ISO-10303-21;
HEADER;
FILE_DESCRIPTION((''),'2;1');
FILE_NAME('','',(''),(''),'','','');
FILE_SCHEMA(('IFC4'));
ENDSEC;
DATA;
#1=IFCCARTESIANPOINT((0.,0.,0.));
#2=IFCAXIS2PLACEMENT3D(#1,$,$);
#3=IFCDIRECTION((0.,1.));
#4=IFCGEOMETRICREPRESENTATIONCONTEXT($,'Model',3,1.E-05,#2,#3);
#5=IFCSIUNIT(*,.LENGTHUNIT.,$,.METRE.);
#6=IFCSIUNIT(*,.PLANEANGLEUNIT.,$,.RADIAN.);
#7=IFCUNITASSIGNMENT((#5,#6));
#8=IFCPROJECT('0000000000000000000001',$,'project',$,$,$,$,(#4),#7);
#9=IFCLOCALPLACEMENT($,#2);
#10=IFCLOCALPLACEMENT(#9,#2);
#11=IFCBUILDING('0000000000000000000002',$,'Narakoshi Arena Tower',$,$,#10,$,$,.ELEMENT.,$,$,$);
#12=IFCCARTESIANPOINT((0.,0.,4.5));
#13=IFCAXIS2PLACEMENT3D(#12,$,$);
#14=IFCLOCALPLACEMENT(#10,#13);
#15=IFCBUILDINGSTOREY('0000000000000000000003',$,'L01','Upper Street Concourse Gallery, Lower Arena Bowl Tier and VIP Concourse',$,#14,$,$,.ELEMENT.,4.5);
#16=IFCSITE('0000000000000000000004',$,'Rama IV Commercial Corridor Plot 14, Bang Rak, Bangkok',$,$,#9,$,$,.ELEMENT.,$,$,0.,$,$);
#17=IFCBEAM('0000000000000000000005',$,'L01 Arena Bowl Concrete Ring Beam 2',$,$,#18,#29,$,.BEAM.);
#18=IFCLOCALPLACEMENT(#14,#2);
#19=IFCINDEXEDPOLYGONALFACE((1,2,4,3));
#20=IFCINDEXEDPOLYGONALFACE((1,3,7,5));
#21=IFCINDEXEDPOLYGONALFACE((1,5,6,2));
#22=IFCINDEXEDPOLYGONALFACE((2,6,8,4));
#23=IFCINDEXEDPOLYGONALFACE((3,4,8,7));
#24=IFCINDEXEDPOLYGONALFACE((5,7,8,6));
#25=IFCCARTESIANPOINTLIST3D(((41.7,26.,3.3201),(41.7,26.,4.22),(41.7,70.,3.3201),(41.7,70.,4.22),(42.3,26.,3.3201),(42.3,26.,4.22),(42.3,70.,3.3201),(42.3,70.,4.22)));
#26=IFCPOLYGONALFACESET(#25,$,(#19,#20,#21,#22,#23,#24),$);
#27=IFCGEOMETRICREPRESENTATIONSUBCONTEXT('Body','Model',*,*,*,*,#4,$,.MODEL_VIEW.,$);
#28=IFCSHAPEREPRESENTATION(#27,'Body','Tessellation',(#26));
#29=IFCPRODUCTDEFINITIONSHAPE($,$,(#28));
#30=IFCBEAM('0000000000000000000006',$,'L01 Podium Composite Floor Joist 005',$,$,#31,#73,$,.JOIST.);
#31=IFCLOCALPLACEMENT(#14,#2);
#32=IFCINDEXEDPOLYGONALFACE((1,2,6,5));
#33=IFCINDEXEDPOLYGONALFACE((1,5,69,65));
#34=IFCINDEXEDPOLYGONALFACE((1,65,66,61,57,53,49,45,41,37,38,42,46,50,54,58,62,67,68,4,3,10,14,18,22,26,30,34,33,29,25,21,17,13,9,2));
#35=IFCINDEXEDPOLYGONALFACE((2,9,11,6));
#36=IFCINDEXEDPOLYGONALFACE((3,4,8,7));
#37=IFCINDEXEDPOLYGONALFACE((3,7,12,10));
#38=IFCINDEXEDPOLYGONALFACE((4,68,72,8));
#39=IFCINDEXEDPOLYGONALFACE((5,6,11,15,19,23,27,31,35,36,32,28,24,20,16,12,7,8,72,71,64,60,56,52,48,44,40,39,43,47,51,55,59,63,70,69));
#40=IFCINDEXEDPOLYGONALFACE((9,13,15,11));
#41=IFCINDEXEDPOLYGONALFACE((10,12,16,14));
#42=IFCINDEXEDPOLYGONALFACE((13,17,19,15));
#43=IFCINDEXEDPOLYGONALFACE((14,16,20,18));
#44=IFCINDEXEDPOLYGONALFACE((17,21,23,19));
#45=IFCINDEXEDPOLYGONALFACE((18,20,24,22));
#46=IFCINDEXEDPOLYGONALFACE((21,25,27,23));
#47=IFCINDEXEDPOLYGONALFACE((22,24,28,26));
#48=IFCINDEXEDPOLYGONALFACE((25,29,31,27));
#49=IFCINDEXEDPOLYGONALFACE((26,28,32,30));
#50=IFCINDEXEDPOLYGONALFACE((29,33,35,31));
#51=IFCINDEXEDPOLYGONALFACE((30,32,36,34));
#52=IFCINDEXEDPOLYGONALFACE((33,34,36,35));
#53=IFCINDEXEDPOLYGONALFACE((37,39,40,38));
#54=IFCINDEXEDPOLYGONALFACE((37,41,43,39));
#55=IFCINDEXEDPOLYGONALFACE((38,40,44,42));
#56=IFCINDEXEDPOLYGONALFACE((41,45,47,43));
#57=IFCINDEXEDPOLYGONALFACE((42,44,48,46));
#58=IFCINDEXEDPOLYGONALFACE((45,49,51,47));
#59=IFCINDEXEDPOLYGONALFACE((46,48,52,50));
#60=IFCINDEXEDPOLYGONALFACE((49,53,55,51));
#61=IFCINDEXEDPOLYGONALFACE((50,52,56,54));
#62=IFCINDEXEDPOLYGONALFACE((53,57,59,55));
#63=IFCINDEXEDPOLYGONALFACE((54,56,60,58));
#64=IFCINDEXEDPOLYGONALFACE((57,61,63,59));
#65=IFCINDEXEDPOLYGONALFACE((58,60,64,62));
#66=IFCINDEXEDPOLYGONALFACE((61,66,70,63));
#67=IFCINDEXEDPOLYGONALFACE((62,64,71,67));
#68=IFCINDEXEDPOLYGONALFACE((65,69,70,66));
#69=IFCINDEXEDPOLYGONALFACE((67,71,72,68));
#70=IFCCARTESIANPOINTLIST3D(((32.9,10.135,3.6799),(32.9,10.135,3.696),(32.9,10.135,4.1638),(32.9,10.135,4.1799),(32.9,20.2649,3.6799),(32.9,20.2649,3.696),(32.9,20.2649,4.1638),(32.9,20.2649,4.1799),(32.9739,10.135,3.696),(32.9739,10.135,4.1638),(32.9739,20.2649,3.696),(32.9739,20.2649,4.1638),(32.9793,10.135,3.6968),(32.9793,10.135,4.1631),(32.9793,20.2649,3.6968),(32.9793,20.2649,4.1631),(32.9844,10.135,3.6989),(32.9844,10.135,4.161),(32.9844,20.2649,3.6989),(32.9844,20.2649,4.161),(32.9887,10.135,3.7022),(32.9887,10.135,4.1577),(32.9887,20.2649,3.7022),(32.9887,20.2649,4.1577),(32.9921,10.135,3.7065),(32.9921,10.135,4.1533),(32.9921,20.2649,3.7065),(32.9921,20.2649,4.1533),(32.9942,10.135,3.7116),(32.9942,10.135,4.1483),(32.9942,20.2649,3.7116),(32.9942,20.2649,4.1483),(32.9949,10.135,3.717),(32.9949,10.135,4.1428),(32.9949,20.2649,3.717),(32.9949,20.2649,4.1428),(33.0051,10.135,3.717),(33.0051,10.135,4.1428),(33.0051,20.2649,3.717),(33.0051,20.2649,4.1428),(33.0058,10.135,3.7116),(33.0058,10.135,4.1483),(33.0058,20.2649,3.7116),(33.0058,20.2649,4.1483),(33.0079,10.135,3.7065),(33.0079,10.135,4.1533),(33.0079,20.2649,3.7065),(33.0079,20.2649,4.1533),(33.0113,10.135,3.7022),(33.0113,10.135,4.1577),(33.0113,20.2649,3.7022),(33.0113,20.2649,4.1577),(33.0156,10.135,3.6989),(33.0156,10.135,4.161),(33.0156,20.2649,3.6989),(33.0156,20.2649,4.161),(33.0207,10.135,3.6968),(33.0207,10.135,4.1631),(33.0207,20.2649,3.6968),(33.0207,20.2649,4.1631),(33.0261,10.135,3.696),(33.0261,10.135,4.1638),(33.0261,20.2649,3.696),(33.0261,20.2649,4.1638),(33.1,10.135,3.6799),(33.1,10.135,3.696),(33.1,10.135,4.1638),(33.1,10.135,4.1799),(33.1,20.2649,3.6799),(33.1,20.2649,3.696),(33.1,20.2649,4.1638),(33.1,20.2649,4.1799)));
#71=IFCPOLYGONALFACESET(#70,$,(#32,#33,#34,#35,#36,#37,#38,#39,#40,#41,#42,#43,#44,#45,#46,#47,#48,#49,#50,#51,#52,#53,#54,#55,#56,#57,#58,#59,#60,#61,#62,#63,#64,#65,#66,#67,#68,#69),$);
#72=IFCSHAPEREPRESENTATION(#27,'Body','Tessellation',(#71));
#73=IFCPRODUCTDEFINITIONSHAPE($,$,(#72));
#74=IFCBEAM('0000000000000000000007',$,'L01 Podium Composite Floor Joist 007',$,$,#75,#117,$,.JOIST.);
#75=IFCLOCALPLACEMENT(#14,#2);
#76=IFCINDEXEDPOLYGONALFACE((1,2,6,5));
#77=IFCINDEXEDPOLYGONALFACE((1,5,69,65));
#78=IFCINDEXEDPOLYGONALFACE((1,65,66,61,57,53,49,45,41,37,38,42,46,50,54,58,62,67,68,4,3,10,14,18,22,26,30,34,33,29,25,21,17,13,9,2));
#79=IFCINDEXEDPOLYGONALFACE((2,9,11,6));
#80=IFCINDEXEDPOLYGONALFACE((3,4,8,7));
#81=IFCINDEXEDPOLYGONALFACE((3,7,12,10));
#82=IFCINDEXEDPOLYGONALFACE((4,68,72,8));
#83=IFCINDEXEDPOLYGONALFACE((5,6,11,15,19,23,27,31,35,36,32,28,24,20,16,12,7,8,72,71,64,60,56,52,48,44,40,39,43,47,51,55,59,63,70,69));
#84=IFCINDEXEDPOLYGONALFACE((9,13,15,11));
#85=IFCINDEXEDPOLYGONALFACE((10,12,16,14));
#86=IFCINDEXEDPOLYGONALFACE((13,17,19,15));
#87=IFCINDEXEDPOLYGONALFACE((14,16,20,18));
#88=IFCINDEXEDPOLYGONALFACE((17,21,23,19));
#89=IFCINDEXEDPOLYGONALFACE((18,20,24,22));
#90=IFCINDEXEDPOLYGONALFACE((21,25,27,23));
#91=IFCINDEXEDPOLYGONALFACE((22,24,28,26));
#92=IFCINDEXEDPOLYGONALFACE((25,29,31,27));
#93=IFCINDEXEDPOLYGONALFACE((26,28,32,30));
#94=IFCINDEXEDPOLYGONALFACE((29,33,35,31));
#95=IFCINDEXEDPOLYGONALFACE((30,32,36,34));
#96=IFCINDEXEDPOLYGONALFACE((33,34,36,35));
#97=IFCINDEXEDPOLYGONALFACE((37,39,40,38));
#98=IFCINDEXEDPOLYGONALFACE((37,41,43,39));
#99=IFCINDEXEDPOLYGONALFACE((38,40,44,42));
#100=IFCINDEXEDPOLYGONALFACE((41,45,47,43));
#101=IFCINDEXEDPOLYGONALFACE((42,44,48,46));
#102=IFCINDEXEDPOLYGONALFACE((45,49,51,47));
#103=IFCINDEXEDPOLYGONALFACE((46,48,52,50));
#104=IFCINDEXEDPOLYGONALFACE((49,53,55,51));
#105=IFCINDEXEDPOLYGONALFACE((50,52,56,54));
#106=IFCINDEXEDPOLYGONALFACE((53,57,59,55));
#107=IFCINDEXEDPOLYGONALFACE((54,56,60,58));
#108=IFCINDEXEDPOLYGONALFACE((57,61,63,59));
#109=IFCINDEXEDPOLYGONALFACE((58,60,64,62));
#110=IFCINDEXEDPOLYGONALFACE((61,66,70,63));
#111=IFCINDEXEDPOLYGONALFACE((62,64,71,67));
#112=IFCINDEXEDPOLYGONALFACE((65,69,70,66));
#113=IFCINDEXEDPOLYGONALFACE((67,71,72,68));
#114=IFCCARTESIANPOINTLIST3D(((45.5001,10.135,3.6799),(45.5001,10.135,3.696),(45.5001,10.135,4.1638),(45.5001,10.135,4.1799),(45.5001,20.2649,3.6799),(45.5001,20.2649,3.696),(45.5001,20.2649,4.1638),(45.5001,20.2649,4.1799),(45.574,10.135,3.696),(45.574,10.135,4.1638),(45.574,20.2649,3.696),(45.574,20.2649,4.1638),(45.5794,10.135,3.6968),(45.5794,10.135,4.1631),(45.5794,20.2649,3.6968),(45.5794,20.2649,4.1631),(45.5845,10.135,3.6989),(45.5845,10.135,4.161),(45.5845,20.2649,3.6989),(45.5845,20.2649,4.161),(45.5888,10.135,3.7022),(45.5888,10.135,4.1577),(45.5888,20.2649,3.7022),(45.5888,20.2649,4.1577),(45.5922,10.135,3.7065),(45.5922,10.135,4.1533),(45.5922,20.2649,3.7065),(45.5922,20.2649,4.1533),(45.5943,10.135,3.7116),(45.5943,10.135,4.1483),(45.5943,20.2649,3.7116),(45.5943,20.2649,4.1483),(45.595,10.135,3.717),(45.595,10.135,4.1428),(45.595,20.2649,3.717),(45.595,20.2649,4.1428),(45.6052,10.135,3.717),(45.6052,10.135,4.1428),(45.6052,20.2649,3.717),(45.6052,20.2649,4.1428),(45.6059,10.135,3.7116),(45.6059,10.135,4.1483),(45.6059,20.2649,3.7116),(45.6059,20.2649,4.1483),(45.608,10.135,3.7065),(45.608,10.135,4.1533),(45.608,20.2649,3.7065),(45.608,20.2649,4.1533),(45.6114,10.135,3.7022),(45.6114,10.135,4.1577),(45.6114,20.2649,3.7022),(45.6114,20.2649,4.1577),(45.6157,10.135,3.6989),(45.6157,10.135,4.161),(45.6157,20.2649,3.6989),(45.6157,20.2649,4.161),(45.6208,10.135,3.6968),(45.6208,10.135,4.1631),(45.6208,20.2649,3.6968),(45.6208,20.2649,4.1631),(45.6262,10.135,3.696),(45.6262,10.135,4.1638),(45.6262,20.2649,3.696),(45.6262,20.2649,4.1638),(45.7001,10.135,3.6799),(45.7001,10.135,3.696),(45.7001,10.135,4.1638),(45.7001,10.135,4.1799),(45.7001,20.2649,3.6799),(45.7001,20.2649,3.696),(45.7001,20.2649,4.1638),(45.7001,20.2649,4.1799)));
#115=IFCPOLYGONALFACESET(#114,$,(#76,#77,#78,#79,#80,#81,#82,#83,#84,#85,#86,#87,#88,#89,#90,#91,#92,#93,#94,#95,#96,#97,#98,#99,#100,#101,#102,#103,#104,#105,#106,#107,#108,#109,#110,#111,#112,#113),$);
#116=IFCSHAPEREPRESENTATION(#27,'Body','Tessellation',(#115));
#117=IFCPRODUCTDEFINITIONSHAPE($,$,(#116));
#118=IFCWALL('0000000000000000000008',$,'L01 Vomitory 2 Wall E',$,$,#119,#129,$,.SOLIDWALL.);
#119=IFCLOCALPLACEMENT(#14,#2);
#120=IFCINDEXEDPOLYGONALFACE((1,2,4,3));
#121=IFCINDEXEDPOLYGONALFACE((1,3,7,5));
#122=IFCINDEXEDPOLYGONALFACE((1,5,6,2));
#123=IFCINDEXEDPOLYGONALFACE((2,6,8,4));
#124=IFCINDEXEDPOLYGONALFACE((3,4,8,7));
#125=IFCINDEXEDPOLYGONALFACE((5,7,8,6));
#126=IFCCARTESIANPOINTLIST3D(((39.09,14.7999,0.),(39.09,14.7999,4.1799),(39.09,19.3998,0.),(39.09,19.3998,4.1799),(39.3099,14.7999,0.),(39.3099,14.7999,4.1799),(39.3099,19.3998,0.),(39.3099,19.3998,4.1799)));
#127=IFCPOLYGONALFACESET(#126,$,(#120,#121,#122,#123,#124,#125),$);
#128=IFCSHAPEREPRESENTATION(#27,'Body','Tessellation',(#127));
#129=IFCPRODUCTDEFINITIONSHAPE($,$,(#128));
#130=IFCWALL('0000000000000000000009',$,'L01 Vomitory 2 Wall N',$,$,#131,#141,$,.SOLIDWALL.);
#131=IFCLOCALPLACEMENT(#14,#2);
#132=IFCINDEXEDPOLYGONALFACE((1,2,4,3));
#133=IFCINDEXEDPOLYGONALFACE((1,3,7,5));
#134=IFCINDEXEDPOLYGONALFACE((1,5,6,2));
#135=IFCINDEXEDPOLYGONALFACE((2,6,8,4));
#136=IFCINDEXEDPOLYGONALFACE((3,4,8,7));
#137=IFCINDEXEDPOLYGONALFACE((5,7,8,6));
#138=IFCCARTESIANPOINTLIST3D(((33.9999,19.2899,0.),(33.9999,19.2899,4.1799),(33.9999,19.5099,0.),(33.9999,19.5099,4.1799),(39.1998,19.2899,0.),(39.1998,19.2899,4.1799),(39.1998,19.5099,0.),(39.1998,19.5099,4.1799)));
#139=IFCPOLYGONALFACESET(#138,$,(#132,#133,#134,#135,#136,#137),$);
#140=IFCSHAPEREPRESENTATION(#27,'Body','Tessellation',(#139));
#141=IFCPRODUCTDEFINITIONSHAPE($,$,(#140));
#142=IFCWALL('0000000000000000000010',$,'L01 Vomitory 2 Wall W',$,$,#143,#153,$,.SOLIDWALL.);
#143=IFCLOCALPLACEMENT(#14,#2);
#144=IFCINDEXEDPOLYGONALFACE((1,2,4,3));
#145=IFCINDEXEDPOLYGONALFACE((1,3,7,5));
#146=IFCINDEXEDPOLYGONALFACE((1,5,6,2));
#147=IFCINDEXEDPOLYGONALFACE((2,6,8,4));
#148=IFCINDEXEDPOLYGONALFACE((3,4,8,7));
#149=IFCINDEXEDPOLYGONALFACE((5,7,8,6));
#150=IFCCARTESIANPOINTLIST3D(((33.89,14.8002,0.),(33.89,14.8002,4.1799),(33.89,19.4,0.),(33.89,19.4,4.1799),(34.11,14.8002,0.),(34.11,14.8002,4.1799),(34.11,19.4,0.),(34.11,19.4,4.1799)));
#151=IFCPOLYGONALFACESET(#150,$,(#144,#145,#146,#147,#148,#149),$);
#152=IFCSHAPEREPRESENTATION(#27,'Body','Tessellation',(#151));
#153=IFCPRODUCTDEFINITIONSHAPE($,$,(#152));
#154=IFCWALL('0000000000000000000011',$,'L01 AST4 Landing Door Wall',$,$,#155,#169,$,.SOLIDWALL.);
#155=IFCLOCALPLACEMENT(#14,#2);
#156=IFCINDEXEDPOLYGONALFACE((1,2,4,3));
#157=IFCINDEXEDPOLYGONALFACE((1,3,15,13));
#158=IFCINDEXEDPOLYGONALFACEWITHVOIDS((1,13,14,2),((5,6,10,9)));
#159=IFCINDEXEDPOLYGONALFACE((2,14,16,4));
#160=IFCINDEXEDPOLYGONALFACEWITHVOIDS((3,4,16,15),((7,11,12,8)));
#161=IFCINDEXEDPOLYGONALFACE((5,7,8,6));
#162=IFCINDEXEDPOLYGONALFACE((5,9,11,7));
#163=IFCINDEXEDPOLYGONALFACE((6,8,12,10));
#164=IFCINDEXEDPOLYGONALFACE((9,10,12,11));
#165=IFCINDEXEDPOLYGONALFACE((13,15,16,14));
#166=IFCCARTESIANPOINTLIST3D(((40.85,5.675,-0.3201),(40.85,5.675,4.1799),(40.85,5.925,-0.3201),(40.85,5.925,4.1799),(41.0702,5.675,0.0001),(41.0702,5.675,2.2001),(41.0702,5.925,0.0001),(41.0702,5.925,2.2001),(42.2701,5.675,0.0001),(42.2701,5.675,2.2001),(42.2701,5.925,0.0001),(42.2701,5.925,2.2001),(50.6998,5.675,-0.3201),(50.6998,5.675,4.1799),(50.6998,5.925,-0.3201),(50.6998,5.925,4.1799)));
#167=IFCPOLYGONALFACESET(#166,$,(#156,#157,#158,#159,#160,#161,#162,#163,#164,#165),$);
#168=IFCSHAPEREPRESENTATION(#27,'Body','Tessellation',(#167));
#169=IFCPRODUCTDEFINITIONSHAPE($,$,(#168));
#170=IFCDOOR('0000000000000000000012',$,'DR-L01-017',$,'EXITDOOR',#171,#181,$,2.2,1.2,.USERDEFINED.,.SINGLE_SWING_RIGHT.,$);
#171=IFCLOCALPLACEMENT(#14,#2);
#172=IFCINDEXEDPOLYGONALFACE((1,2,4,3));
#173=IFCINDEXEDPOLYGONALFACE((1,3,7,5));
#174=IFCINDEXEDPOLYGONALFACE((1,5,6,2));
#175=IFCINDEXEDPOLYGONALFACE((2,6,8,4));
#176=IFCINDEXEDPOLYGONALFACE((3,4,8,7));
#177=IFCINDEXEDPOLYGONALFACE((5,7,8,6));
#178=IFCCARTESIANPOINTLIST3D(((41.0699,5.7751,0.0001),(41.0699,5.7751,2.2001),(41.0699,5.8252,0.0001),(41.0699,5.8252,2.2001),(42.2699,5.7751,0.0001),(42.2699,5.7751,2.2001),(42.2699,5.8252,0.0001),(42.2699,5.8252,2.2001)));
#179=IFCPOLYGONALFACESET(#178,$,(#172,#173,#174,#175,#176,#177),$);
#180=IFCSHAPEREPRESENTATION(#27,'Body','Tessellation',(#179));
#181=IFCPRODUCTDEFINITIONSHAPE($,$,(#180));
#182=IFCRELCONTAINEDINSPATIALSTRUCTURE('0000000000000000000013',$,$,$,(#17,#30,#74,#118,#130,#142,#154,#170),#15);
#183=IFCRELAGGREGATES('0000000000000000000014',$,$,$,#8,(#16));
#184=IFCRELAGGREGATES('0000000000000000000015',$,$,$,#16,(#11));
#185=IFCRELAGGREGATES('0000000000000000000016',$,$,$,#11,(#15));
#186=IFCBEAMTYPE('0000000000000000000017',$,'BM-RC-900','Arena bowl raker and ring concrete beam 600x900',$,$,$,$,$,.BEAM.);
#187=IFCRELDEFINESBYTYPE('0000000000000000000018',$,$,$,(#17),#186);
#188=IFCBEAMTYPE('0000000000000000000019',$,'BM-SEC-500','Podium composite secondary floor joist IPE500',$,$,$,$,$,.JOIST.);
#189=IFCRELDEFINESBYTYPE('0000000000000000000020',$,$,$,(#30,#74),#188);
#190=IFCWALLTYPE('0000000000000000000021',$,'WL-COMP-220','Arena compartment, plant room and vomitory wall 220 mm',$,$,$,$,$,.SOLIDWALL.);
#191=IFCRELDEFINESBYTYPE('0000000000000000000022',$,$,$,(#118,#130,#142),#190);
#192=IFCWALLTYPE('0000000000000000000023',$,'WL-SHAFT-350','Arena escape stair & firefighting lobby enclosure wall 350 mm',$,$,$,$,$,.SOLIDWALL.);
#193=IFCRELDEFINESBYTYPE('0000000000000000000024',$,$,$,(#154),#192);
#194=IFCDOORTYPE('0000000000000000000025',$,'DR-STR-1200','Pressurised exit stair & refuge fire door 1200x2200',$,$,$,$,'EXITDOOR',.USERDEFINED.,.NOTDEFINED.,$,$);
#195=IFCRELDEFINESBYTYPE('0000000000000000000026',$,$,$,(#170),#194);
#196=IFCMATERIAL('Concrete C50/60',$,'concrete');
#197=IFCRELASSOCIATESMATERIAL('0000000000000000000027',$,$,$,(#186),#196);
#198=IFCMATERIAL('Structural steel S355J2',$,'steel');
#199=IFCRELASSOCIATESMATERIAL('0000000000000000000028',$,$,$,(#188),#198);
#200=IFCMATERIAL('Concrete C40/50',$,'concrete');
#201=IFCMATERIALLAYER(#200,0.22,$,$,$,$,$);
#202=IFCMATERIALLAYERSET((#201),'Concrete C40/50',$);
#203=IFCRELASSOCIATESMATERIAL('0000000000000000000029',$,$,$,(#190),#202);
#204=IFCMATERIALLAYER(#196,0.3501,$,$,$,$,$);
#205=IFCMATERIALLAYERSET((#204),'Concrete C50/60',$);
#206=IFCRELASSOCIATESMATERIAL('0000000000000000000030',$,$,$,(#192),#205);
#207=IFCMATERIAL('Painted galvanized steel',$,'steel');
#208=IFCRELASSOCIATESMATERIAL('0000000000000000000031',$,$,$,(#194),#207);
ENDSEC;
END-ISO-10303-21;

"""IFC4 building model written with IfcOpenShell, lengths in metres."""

from ifc_helpers import new_model, si_unit, direction, frame, frame_2d, origin, origin_2d, place, context, subcontext, project, spatial, rectangle, i_section, extrude, material, layer, layer_set, material_profile, profile_set, type_object, element, fill, save


model = new_model("IFC4")

# Units and contexts
model_context = context("Model", 3, precision=1e-05, world=origin(), true_north=direction((0.0, 1.0)))
body_context = subcontext(model_context, "Body", "Model", "MODEL_VIEW")
ifc_project = project(units=[si_unit("LENGTHUNIT", "METRE"), si_unit("PLANEANGLEUNIT", "RADIAN")], contexts=[model_context])

# Site, building, storey
site_placement = place(None, origin())
site = spatial("IfcSite", under=ifc_project, at=site_placement, Name="Rama IV Commercial Corridor Plot 14, Bang Rak, Bangkok", CompositionType="ELEMENT", RefElevation=0.0)
building_placement = place(site_placement, origin())
building = spatial("IfcBuilding", under=site, at=building_placement, Name="Narakoshi Arena Tower", CompositionType="ELEMENT")
storey_placement = place(building_placement, frame((0.0, 0.0, 4.5)))
storey = spatial("IfcBuildingStorey", under=building, at=storey_placement, Name="L01", Description="Upper Street Concourse Gallery, Lower Arena Bowl Tier and VIP Concourse", CompositionType="ELEMENT", Elevation=4.5)

# Shared definitions
ifc_material_1 = material(Name="Concrete C50/60", Category="concrete")

# Beams
ifc_material_2 = material(Name="Structural steel S355J2", Category="steel")
ifc_material_profile_1 = material_profile(ifc_material_1, rectangle(XDim=0.6001, YDim=0.8999, at=origin_2d()), Name="RCB600x900")
ifc_profile_set_1 = profile_set([ifc_material_profile_1], Name="Concrete C50/60")
beam_type_1 = type_object("IfcBeamType", Name="BM-RC-900", Description="Arena bowl raker and ring concrete beam 600x900", PredefinedType="BEAM", material=ifc_profile_set_1)
beam_1_placement = place(storey_placement, frame((42.0, 26.0, 3.77), z_axis=(0.0, 1.0, 0.0), x_axis=(-1.0, 0.0, 0.0)))
element("IfcBeam", 1, at=beam_1_placement, inside=storey, type_object=beam_type_1, Name="L01 Arena Bowl Concrete Ring Beam 2", PredefinedType="BEAM", context=body_context, shape_type="SweptSolid", body=[
    extrude(rectangle(XDim=0.6001, YDim=0.8999, at=origin_2d()), origin(), (0.0, 0.0, 1.0), 44.0),
])
ifc_material_profile_2 = material_profile(ifc_material_2, i_section(OverallWidth=0.2, OverallDepth=0.5, WebThickness=0.0103, FlangeThickness=0.0161, FilletRadius=0.021, at=origin_2d()), Name="IPE500")
ifc_profile_set_2 = profile_set([ifc_material_profile_2], Name="Structural steel S355J2")
beam_type_2 = type_object("IfcBeamType", Name="BM-SEC-500", Description="Podium composite secondary floor joist IPE500", PredefinedType="JOIST", material=ifc_profile_set_2)
for number, where, z_axis, x_axis, name in (
    (2, (33.0, 10.135, 3.9299), (0.0, 1.0, 0.0), (-1.0, 0.0, 0.0), "L01 Podium Composite Floor Joist 005"),
    (3, (45.6001, 10.135, 3.9299), (0.0, 1.0, 0.0), (-1.0, 0.0, 0.0), "L01 Podium Composite Floor Joist 007"),
):
    element("IfcBeam", number, at=place(storey_placement, frame(where, z_axis=z_axis, x_axis=x_axis)), inside=storey, type_object=beam_type_2, Name=name, PredefinedType="JOIST", context=body_context, shape_type="SweptSolid", body=[
        extrude(i_section(OverallWidth=0.2, OverallDepth=0.5, WebThickness=0.0103, FlangeThickness=0.0161, FilletRadius=0.021, at=origin_2d()), origin(), (0.0, 0.0, 1.0), 10.1299),
    ])

# Shared definitions
ifc_material_3 = material(Name="Concrete C40/50", Category="concrete")
ifc_layer_1 = layer(ifc_material_3, 0.22)
ifc_layer_set_1 = layer_set([ifc_layer_1], Name="Concrete C40/50")
wall_type_1 = type_object("IfcWallType", Name="WL-COMP-220", Description="Arena compartment, plant room and vomitory wall 220 mm", PredefinedType="SOLIDWALL", material=ifc_layer_set_1)
ifc_material_4 = material(Name="Painted galvanized steel", Category="steel")

# Walls
wall_1_placement = place(storey_placement, frame((39.2, 14.8, 0.0), z_axis=(0.0, 0.0, 1.0), x_axis=(0.0, 1.0, 0.0)))
element("IfcWall", 4, at=wall_1_placement, inside=storey, type_object=wall_type_1, Name="L01 Vomitory 2 Wall E", PredefinedType="SOLIDWALL", context=body_context, shape_type="SweptSolid", body=[
    extrude(rectangle(XDim=4.5999, YDim=0.22, at=frame_2d((2.2998, 0.0))), origin(), (0.0, 0.0, 1.0), 4.1799),
])
wall_2_placement = place(storey_placement, frame((39.2, 19.3999, 0.0), z_axis=(0.0, 0.0, 1.0), x_axis=(-1.0, 0.0, 0.0)))
element("IfcWall", 5, at=wall_2_placement, inside=storey, type_object=wall_type_1, Name="L01 Vomitory 2 Wall N", PredefinedType="SOLIDWALL", context=body_context, shape_type="SweptSolid", body=[
    extrude(rectangle(XDim=5.2, YDim=0.22, at=frame_2d((2.6001, 0.0))), origin(), (0.0, 0.0, 1.0), 4.1799),
])
wall_3_placement = place(storey_placement, frame((34.0, 19.3999, 0.0), z_axis=(0.0, 0.0, 1.0), x_axis=(0.0, -1.0, 0.0)))
element("IfcWall", 6, at=wall_3_placement, inside=storey, type_object=wall_type_1, Name="L01 Vomitory 2 Wall W", PredefinedType="SOLIDWALL", context=body_context, shape_type="SweptSolid", body=[
    extrude(rectangle(XDim=4.5999, YDim=0.22, at=frame_2d((2.2998, 0.0))), origin(), (0.0, 0.0, 1.0), 4.1799),
])

# Wall, opening, door
ifc_layer_2 = layer(ifc_material_1, 0.3501)
ifc_layer_set_2 = layer_set([ifc_layer_2], Name="Concrete C50/60")
wall_type_2 = type_object("IfcWallType", Name="WL-SHAFT-350", Description="Arena escape stair & firefighting lobby enclosure wall 350 mm", PredefinedType="SOLIDWALL", material=ifc_layer_set_2)
wall_4_placement = place(storey_placement, frame((40.8501, 5.8, -0.3201), z_axis=(0.0, 0.0, 1.0), x_axis=(1.0, 0.0, 0.0)))
wall_4 = element("IfcWall", 7, at=wall_4_placement, inside=storey, type_object=wall_type_2, Name="L01 AST4 Landing Door Wall", PredefinedType="SOLIDWALL", context=body_context, shape_type="SweptSolid", body=[
    extrude(rectangle(XDim=9.8499, YDim=0.25, at=frame_2d((4.9248, 0.0))), origin(), (0.0, 0.0, 1.0), 4.5),
])
opening_1_placement = place(wall_4_placement, frame((0.22, 0.0, 0.3201)))
opening_1 = element("IfcOpeningElement", 8, at=opening_1_placement, cuts=wall_4, PredefinedType="OPENING", context=body_context, shape_type="SweptSolid", body=[
    extrude(rectangle(XDim=1.2, YDim=2.2, at=frame_2d((0.6001, 1.1001))), frame((0.0, 0.135, 0.0), z_axis=(0.0, -1.0, 0.0), x_axis=(1.0, 0.0, 0.0)), (0.0, 0.0, 1.0), 0.27),
])
door_type_1 = type_object("IfcDoorType", Name="DR-STR-1200", Description="Pressurised exit stair & refuge fire door 1200x2200", ElementType="EXITDOOR", OperationType="NOTDEFINED", PredefinedType="USERDEFINED", material=ifc_material_4)
door_1_placement = place(opening_1_placement, frame((1.2, 0.0, 0.0), z_axis=(0.0, 0.0, 1.0), x_axis=(-1.0, 0.0, 0.0)))
door_1 = element("IfcDoor", 9, at=door_1_placement, inside=storey, type_object=door_type_1, Name="DR-L01-017", ObjectType="EXITDOOR", OperationType="SINGLE_SWING_RIGHT", OverallHeight=2.2, OverallWidth=1.2, PredefinedType="USERDEFINED", context=body_context, shape_type="SweptSolid", body=[
    extrude(rectangle(XDim=1.2, YDim=2.2, at=frame_2d((0.6001, 1.1001))), frame((0.0, 0.0249, 0.0), z_axis=(0.0, -1.0, 0.0), x_axis=(1.0, 0.0, 0.0)), (0.0, 0.0, 1.0), 0.05),
])
fill(opening_1, door_1)

save(model, "model.ifc")
